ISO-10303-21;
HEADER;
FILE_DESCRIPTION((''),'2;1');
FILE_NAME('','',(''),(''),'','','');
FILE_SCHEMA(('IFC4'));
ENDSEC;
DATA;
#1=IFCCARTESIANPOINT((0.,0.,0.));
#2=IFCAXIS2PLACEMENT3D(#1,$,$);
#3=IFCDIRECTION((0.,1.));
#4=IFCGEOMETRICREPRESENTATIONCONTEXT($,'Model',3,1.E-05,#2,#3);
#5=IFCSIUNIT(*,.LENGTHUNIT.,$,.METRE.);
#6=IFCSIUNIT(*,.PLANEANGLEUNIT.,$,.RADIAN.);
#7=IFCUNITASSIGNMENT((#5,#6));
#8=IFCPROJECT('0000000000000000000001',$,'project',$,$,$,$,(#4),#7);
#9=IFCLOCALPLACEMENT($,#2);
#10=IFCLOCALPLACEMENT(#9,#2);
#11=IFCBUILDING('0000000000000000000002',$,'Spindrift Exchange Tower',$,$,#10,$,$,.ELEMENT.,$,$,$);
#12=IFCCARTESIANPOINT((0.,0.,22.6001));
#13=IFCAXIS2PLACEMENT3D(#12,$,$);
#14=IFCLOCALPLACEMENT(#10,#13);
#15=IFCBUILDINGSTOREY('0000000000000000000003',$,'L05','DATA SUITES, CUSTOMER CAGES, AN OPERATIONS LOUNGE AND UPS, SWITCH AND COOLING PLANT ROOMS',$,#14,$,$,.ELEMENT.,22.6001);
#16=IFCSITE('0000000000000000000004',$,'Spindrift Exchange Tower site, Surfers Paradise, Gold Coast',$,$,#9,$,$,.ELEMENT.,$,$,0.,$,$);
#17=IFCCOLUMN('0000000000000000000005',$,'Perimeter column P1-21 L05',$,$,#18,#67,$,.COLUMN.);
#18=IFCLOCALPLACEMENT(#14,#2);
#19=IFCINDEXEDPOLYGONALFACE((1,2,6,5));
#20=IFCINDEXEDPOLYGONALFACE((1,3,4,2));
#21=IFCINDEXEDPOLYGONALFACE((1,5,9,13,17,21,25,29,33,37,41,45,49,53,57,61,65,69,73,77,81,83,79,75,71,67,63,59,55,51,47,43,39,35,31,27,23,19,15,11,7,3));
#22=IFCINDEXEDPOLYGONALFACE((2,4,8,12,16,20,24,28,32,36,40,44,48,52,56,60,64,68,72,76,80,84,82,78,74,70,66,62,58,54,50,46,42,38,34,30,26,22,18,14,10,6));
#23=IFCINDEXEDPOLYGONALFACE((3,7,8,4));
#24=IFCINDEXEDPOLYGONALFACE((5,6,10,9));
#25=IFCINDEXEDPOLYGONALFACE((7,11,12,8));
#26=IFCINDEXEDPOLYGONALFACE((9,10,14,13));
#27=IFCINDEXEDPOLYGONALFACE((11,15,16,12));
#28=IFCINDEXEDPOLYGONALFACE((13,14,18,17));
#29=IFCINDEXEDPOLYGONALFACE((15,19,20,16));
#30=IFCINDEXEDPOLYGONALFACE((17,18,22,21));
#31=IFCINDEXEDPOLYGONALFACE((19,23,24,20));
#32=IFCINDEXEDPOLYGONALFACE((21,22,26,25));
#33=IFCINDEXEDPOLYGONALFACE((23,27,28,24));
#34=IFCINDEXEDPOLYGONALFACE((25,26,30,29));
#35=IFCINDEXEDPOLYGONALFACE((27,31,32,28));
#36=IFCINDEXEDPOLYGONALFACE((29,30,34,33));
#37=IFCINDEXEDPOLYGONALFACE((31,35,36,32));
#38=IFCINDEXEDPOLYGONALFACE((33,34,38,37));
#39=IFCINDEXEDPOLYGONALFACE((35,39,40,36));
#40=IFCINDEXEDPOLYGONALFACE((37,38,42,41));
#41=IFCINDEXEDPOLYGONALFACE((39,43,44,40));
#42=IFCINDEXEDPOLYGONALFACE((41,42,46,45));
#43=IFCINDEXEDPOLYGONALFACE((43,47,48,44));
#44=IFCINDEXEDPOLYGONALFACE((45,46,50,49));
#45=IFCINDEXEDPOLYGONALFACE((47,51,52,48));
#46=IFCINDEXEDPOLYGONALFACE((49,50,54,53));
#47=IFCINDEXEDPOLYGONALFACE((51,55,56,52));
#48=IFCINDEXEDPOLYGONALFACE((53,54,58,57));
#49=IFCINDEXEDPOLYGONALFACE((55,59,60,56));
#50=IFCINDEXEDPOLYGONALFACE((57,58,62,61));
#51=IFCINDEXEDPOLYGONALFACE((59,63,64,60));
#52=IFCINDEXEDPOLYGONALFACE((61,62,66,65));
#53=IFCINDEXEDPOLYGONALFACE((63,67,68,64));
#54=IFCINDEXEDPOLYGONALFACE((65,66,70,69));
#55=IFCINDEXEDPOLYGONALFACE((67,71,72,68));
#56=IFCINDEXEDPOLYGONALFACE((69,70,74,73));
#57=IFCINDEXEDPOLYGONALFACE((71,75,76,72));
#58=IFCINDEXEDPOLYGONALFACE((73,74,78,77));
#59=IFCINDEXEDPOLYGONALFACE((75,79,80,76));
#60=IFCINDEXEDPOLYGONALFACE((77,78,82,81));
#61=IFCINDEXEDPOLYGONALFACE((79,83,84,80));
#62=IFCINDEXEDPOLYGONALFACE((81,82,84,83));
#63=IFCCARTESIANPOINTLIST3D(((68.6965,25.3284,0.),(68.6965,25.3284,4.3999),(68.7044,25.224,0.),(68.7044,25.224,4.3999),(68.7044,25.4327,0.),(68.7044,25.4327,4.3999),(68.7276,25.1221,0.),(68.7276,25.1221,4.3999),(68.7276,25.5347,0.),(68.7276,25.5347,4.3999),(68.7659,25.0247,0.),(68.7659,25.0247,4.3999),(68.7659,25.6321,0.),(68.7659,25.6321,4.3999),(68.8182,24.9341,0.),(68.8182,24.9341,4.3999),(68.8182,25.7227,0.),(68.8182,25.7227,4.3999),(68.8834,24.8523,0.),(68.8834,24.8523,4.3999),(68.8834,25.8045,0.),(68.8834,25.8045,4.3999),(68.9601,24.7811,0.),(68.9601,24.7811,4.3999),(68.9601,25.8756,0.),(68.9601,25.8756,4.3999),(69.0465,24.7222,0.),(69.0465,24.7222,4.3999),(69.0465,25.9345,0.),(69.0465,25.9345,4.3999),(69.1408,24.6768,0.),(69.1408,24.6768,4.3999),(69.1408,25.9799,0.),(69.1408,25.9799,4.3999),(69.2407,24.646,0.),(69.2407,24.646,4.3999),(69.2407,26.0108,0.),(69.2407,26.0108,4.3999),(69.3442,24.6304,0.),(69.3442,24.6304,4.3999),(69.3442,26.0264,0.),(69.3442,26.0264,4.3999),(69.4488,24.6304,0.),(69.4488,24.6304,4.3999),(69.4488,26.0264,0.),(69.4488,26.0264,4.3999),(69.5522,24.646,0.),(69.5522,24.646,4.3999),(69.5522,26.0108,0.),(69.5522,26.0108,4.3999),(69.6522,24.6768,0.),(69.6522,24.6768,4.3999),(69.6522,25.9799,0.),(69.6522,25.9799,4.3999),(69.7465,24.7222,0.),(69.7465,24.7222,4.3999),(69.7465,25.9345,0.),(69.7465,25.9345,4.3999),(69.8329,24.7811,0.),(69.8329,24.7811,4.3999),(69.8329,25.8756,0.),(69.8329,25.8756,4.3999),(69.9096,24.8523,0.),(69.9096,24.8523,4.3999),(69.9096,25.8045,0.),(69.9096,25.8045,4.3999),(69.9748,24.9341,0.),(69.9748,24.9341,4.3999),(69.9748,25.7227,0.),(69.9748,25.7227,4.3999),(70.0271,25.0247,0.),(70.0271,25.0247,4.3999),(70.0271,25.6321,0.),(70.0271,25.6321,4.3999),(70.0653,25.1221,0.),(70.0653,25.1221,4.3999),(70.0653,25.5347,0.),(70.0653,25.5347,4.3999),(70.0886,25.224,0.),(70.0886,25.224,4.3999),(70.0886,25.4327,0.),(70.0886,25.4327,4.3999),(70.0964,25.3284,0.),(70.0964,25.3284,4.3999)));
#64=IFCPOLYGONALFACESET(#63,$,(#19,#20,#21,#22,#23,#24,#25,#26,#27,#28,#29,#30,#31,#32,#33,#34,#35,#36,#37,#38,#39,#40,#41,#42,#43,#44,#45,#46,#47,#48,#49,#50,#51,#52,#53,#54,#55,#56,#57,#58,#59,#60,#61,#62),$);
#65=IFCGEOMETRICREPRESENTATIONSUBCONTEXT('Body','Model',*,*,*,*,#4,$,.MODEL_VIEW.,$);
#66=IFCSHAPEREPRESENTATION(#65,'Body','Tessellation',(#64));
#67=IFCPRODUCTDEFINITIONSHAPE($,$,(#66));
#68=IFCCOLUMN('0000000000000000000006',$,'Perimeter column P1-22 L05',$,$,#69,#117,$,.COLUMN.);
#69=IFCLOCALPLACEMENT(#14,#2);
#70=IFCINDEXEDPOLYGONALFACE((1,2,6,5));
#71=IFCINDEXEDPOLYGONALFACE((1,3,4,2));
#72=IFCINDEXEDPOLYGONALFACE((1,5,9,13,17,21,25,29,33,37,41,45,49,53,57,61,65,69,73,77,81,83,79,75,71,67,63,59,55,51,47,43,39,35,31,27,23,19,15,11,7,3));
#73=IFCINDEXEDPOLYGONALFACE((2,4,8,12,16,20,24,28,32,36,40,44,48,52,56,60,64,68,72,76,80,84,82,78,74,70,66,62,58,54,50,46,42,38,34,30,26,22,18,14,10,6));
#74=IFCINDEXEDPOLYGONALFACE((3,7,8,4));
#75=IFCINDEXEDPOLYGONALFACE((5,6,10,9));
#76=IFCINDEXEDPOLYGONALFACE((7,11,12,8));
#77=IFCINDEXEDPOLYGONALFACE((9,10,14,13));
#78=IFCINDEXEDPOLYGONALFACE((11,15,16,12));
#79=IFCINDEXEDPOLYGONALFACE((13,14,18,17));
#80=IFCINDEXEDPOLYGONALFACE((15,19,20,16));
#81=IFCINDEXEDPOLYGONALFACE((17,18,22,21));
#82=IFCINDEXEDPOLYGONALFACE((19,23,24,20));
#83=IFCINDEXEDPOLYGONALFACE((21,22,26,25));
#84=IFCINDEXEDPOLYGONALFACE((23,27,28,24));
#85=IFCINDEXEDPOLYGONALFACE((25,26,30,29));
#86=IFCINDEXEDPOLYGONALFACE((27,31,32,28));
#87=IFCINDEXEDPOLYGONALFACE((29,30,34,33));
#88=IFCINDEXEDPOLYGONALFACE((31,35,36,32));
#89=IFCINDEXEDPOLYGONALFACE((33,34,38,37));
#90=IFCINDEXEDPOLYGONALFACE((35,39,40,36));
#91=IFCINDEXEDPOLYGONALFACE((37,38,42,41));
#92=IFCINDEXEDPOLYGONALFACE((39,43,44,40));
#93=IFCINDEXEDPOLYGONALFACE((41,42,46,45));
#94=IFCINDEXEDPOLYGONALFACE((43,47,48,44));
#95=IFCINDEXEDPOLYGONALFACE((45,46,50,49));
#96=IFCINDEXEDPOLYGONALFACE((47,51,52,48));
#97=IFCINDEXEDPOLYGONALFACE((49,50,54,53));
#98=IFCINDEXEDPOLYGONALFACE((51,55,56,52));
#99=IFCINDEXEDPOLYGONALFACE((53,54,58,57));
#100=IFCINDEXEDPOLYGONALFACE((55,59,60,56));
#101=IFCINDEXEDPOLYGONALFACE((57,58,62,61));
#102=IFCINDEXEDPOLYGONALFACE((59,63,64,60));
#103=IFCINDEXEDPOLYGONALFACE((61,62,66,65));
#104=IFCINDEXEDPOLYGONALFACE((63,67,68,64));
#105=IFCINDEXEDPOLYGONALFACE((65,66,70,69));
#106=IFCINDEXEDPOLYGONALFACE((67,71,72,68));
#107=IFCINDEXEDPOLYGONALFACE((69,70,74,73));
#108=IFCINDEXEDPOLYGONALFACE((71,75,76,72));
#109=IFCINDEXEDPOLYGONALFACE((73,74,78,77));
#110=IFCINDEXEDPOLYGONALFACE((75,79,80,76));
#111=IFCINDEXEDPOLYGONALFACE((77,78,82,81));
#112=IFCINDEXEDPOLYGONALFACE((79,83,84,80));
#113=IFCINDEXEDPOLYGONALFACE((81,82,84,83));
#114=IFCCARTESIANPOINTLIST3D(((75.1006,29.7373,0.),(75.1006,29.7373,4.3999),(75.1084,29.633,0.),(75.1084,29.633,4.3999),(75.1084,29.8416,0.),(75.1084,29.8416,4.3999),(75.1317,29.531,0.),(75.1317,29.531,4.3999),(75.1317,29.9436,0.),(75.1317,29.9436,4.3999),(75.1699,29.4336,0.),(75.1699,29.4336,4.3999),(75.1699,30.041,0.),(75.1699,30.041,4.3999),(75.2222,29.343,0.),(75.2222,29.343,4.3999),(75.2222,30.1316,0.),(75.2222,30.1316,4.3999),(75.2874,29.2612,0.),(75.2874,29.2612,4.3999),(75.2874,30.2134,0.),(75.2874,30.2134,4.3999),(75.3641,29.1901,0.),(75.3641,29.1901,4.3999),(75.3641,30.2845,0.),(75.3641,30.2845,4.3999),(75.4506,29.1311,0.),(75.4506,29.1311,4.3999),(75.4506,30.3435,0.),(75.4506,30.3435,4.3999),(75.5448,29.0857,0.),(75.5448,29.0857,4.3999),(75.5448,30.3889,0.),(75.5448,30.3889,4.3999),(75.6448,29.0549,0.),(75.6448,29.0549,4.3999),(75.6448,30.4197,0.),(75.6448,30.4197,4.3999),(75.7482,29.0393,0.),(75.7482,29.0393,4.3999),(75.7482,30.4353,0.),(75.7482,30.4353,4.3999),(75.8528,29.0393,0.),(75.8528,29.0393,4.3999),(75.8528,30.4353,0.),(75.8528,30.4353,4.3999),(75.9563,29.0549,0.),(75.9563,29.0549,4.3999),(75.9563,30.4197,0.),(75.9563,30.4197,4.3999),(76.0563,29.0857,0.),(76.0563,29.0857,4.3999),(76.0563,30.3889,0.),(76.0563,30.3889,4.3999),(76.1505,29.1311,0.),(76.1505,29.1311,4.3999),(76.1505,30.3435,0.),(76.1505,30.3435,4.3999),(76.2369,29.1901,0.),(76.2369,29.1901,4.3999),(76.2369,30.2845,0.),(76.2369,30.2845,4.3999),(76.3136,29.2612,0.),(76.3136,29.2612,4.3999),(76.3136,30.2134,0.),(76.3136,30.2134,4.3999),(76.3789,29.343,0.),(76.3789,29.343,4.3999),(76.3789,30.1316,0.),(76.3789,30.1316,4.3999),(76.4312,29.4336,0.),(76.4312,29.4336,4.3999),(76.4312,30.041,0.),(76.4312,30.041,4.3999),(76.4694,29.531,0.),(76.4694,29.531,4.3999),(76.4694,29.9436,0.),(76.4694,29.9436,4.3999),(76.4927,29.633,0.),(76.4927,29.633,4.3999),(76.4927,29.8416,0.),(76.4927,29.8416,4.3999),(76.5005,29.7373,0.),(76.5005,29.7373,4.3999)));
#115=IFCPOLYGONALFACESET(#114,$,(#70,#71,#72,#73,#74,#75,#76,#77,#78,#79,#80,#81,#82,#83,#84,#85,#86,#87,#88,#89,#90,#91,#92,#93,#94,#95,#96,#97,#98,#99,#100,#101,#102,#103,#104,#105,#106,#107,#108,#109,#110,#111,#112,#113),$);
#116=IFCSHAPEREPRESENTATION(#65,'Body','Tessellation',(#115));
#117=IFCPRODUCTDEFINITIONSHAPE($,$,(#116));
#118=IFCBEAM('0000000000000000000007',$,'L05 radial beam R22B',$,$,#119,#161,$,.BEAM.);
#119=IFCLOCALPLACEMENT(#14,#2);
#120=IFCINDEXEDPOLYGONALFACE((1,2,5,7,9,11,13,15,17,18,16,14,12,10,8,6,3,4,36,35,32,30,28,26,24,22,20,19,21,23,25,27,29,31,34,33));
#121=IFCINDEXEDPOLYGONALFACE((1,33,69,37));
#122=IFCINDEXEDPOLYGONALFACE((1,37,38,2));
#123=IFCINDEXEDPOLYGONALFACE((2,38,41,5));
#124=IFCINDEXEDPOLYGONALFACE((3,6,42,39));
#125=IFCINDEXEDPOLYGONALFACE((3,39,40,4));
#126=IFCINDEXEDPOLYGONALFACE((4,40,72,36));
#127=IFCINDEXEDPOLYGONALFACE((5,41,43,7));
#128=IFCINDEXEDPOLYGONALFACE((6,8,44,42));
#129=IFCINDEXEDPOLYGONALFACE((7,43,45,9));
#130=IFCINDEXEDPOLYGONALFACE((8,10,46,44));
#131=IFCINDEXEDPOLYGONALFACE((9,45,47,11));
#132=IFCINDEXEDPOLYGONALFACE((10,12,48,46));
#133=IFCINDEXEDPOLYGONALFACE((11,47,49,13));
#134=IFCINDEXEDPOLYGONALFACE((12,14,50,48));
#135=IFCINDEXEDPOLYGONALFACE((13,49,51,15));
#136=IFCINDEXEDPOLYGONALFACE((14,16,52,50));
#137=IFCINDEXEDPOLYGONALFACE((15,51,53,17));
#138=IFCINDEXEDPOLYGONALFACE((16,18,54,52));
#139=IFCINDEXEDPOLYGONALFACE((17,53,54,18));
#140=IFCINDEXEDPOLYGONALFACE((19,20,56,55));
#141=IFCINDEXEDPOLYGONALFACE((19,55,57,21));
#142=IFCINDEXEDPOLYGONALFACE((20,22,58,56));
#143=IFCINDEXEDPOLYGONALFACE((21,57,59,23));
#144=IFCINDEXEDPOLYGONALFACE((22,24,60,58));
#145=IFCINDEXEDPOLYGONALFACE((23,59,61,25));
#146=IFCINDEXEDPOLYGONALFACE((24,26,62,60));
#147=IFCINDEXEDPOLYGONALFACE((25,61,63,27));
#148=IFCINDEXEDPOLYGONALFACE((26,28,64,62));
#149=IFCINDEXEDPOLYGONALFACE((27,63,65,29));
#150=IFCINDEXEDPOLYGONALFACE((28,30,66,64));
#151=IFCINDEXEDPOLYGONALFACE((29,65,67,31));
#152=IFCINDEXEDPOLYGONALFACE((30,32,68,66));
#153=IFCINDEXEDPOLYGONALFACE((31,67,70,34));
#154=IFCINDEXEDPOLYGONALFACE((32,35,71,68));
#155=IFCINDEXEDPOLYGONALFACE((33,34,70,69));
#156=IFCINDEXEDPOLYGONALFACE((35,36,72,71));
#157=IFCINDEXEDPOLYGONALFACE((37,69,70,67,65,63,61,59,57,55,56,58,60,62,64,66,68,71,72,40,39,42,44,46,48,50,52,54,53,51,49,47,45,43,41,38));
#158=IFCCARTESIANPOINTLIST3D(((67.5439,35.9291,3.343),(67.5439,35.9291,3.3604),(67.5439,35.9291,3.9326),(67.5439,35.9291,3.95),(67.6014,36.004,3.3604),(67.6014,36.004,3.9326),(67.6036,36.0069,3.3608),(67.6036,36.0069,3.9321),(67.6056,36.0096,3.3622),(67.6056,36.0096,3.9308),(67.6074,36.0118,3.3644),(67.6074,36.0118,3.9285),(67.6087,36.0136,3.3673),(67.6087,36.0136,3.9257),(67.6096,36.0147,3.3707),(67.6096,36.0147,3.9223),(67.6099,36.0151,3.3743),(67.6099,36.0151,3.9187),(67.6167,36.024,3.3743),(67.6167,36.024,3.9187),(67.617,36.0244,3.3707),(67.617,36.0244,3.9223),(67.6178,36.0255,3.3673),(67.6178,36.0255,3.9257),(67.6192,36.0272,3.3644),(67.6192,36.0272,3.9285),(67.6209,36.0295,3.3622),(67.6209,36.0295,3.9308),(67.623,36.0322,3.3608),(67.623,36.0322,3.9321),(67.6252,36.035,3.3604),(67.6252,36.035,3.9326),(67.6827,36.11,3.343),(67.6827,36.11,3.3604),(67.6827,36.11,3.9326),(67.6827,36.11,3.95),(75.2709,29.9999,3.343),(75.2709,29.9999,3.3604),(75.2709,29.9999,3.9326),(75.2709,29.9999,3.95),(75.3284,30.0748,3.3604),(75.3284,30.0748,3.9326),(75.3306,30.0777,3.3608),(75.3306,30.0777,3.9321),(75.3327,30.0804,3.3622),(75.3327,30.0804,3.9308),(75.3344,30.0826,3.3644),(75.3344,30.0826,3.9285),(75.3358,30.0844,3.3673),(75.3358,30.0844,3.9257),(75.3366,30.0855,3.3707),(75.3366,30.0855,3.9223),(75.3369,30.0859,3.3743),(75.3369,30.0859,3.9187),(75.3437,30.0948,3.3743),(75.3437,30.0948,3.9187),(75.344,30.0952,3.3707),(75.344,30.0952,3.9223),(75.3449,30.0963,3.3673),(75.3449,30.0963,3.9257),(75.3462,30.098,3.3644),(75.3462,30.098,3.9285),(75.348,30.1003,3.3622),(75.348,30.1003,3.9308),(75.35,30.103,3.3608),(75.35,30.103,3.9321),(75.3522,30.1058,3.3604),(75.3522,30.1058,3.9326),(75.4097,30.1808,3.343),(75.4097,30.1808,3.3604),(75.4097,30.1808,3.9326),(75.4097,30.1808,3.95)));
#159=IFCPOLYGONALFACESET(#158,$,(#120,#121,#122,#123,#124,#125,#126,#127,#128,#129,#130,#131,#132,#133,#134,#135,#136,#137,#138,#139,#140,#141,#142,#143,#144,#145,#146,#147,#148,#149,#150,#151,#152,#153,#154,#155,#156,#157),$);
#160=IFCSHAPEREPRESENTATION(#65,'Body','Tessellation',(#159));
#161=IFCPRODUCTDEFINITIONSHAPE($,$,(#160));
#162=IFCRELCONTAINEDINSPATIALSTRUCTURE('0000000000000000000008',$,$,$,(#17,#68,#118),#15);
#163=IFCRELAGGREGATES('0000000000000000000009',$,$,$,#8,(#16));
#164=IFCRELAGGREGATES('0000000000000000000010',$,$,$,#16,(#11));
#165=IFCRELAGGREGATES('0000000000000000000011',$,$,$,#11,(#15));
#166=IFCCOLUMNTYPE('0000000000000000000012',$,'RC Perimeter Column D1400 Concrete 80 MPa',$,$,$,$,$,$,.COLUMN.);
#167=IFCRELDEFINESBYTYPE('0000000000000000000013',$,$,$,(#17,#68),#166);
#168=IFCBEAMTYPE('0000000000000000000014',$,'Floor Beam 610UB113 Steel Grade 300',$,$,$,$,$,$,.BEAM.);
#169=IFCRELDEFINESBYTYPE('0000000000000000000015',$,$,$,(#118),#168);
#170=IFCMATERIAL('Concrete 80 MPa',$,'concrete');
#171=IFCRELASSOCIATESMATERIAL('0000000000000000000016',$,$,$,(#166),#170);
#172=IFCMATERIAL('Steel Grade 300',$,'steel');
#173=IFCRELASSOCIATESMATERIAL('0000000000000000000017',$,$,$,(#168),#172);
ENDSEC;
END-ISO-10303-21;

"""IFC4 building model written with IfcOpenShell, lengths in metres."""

from ifc_helpers import new_model, si_unit, direction, frame, origin, origin_2d, place, context, subcontext, project, spatial, circle, i_section, extrude, source, transform, mapped, material, material_profile, profile_set, type_object, element, save


model = new_model("IFC4")

# Units and contexts
model_context = context("Model", 3, precision=1e-05, world=origin(), true_north=direction((0.0, 1.0)))
body_context = subcontext(model_context, "Body", "Model", "MODEL_VIEW")
ifc_project = project(units=[si_unit("LENGTHUNIT", "METRE"), si_unit("PLANEANGLEUNIT", "RADIAN")], contexts=[model_context])

# Site, building, storey
site_placement = place(None, origin())
site = spatial("IfcSite", under=ifc_project, at=site_placement, Name="Spindrift Exchange Tower site, Surfers Paradise, Gold Coast", CompositionType="ELEMENT", RefElevation=0.0)
building_placement = place(site_placement, origin())
building = spatial("IfcBuilding", under=site, at=building_placement, Name="Spindrift Exchange Tower", CompositionType="ELEMENT")
storey_placement = place(building_placement, frame((0.0, 0.0, 22.6001)))
storey = spatial("IfcBuildingStorey", under=building, at=storey_placement, Name="L05", Description="DATA SUITES, CUSTOMER CAGES, AN OPERATIONS LOUNGE AND UPS, SWITCH AND COOLING PLANT ROOMS", CompositionType="ELEMENT", Elevation=22.6001)

# Columns
ifc_material_1 = material(Name="Concrete 80 MPa", Category="concrete")
ifc_material_profile_1 = material_profile(ifc_material_1, circle(Radius=0.7, at=origin_2d()), Name="RC D1400")
ifc_profile_set_1 = profile_set([ifc_material_profile_1], Name="Concrete 80 MPa")
column_type = type_object("IfcColumnType", Name="RC Perimeter Column D1400 Concrete 80 MPa", PredefinedType="COLUMN", material=ifc_profile_set_1)
shared_shape_1 = source(origin(), body_context, "Body", "SweptSolid", [
    extrude(circle(Radius=0.7, at=origin_2d()), origin(), (0.0, 0.0, 1.0), 4.3999),
])
for number, where, z_axis, x_axis, name in (
    (1, (69.3965, 25.3284, 0.0), (0.0, 0.0, 1.0), (1.0, 0.0, 0.0), "Perimeter column P1-21 L05"),
    (2, (75.8005, 29.7373, 0.0), (0.0, 0.0, 1.0), (1.0, 0.0, 0.0), "Perimeter column P1-22 L05"),
):
    element("IfcColumn", number, at=place(storey_placement, frame(where, z_axis=z_axis, x_axis=x_axis)), inside=storey, type_object=column_type, Name=name, PredefinedType="COLUMN", context=body_context, shape_type="MappedRepresentation", body=[
        mapped(shared_shape_1, transform((0.0, 0.0, 0.0), scale=1.0)),
    ])

# Beam
ifc_material_2 = material(Name="Steel Grade 300", Category="steel")
ifc_material_profile_2 = material_profile(ifc_material_2, i_section(OverallWidth=0.228, OverallDepth=0.6069, WebThickness=0.0112, FlangeThickness=0.0173, FilletRadius=0.0139, at=origin_2d()), Name="610UB113")
ifc_profile_set_2 = profile_set([ifc_material_profile_2], Name="Steel Grade 300")
beam_type_1 = type_object("IfcBeamType", Name="Floor Beam 610UB113 Steel Grade 300", PredefinedType="BEAM", material=ifc_profile_set_2)
shared_shape_2 = source(origin(), body_context, "Body", "SweptSolid", [
    extrude(i_section(OverallWidth=0.228, OverallDepth=0.6069, WebThickness=0.0112, FlangeThickness=0.0173, FilletRadius=0.0139, at=origin_2d()), origin(), (0.0, 0.0, 1.0), 9.7397),
])
beam_1_placement = place(storey_placement, frame((67.6133, 36.0195, 3.6465), z_axis=(0.793352, -0.608763, 0.0), x_axis=(0.608763, 0.793352, 0.0)))
element("IfcBeam", 3, at=beam_1_placement, inside=storey, type_object=beam_type_1, Name="L05 radial beam R22B", PredefinedType="BEAM", context=body_context, shape_type="MappedRepresentation", body=[
    mapped(shared_shape_2, transform((0.0, 0.0, 0.0), scale=1.0)),
])

save(model, "model.ifc")
